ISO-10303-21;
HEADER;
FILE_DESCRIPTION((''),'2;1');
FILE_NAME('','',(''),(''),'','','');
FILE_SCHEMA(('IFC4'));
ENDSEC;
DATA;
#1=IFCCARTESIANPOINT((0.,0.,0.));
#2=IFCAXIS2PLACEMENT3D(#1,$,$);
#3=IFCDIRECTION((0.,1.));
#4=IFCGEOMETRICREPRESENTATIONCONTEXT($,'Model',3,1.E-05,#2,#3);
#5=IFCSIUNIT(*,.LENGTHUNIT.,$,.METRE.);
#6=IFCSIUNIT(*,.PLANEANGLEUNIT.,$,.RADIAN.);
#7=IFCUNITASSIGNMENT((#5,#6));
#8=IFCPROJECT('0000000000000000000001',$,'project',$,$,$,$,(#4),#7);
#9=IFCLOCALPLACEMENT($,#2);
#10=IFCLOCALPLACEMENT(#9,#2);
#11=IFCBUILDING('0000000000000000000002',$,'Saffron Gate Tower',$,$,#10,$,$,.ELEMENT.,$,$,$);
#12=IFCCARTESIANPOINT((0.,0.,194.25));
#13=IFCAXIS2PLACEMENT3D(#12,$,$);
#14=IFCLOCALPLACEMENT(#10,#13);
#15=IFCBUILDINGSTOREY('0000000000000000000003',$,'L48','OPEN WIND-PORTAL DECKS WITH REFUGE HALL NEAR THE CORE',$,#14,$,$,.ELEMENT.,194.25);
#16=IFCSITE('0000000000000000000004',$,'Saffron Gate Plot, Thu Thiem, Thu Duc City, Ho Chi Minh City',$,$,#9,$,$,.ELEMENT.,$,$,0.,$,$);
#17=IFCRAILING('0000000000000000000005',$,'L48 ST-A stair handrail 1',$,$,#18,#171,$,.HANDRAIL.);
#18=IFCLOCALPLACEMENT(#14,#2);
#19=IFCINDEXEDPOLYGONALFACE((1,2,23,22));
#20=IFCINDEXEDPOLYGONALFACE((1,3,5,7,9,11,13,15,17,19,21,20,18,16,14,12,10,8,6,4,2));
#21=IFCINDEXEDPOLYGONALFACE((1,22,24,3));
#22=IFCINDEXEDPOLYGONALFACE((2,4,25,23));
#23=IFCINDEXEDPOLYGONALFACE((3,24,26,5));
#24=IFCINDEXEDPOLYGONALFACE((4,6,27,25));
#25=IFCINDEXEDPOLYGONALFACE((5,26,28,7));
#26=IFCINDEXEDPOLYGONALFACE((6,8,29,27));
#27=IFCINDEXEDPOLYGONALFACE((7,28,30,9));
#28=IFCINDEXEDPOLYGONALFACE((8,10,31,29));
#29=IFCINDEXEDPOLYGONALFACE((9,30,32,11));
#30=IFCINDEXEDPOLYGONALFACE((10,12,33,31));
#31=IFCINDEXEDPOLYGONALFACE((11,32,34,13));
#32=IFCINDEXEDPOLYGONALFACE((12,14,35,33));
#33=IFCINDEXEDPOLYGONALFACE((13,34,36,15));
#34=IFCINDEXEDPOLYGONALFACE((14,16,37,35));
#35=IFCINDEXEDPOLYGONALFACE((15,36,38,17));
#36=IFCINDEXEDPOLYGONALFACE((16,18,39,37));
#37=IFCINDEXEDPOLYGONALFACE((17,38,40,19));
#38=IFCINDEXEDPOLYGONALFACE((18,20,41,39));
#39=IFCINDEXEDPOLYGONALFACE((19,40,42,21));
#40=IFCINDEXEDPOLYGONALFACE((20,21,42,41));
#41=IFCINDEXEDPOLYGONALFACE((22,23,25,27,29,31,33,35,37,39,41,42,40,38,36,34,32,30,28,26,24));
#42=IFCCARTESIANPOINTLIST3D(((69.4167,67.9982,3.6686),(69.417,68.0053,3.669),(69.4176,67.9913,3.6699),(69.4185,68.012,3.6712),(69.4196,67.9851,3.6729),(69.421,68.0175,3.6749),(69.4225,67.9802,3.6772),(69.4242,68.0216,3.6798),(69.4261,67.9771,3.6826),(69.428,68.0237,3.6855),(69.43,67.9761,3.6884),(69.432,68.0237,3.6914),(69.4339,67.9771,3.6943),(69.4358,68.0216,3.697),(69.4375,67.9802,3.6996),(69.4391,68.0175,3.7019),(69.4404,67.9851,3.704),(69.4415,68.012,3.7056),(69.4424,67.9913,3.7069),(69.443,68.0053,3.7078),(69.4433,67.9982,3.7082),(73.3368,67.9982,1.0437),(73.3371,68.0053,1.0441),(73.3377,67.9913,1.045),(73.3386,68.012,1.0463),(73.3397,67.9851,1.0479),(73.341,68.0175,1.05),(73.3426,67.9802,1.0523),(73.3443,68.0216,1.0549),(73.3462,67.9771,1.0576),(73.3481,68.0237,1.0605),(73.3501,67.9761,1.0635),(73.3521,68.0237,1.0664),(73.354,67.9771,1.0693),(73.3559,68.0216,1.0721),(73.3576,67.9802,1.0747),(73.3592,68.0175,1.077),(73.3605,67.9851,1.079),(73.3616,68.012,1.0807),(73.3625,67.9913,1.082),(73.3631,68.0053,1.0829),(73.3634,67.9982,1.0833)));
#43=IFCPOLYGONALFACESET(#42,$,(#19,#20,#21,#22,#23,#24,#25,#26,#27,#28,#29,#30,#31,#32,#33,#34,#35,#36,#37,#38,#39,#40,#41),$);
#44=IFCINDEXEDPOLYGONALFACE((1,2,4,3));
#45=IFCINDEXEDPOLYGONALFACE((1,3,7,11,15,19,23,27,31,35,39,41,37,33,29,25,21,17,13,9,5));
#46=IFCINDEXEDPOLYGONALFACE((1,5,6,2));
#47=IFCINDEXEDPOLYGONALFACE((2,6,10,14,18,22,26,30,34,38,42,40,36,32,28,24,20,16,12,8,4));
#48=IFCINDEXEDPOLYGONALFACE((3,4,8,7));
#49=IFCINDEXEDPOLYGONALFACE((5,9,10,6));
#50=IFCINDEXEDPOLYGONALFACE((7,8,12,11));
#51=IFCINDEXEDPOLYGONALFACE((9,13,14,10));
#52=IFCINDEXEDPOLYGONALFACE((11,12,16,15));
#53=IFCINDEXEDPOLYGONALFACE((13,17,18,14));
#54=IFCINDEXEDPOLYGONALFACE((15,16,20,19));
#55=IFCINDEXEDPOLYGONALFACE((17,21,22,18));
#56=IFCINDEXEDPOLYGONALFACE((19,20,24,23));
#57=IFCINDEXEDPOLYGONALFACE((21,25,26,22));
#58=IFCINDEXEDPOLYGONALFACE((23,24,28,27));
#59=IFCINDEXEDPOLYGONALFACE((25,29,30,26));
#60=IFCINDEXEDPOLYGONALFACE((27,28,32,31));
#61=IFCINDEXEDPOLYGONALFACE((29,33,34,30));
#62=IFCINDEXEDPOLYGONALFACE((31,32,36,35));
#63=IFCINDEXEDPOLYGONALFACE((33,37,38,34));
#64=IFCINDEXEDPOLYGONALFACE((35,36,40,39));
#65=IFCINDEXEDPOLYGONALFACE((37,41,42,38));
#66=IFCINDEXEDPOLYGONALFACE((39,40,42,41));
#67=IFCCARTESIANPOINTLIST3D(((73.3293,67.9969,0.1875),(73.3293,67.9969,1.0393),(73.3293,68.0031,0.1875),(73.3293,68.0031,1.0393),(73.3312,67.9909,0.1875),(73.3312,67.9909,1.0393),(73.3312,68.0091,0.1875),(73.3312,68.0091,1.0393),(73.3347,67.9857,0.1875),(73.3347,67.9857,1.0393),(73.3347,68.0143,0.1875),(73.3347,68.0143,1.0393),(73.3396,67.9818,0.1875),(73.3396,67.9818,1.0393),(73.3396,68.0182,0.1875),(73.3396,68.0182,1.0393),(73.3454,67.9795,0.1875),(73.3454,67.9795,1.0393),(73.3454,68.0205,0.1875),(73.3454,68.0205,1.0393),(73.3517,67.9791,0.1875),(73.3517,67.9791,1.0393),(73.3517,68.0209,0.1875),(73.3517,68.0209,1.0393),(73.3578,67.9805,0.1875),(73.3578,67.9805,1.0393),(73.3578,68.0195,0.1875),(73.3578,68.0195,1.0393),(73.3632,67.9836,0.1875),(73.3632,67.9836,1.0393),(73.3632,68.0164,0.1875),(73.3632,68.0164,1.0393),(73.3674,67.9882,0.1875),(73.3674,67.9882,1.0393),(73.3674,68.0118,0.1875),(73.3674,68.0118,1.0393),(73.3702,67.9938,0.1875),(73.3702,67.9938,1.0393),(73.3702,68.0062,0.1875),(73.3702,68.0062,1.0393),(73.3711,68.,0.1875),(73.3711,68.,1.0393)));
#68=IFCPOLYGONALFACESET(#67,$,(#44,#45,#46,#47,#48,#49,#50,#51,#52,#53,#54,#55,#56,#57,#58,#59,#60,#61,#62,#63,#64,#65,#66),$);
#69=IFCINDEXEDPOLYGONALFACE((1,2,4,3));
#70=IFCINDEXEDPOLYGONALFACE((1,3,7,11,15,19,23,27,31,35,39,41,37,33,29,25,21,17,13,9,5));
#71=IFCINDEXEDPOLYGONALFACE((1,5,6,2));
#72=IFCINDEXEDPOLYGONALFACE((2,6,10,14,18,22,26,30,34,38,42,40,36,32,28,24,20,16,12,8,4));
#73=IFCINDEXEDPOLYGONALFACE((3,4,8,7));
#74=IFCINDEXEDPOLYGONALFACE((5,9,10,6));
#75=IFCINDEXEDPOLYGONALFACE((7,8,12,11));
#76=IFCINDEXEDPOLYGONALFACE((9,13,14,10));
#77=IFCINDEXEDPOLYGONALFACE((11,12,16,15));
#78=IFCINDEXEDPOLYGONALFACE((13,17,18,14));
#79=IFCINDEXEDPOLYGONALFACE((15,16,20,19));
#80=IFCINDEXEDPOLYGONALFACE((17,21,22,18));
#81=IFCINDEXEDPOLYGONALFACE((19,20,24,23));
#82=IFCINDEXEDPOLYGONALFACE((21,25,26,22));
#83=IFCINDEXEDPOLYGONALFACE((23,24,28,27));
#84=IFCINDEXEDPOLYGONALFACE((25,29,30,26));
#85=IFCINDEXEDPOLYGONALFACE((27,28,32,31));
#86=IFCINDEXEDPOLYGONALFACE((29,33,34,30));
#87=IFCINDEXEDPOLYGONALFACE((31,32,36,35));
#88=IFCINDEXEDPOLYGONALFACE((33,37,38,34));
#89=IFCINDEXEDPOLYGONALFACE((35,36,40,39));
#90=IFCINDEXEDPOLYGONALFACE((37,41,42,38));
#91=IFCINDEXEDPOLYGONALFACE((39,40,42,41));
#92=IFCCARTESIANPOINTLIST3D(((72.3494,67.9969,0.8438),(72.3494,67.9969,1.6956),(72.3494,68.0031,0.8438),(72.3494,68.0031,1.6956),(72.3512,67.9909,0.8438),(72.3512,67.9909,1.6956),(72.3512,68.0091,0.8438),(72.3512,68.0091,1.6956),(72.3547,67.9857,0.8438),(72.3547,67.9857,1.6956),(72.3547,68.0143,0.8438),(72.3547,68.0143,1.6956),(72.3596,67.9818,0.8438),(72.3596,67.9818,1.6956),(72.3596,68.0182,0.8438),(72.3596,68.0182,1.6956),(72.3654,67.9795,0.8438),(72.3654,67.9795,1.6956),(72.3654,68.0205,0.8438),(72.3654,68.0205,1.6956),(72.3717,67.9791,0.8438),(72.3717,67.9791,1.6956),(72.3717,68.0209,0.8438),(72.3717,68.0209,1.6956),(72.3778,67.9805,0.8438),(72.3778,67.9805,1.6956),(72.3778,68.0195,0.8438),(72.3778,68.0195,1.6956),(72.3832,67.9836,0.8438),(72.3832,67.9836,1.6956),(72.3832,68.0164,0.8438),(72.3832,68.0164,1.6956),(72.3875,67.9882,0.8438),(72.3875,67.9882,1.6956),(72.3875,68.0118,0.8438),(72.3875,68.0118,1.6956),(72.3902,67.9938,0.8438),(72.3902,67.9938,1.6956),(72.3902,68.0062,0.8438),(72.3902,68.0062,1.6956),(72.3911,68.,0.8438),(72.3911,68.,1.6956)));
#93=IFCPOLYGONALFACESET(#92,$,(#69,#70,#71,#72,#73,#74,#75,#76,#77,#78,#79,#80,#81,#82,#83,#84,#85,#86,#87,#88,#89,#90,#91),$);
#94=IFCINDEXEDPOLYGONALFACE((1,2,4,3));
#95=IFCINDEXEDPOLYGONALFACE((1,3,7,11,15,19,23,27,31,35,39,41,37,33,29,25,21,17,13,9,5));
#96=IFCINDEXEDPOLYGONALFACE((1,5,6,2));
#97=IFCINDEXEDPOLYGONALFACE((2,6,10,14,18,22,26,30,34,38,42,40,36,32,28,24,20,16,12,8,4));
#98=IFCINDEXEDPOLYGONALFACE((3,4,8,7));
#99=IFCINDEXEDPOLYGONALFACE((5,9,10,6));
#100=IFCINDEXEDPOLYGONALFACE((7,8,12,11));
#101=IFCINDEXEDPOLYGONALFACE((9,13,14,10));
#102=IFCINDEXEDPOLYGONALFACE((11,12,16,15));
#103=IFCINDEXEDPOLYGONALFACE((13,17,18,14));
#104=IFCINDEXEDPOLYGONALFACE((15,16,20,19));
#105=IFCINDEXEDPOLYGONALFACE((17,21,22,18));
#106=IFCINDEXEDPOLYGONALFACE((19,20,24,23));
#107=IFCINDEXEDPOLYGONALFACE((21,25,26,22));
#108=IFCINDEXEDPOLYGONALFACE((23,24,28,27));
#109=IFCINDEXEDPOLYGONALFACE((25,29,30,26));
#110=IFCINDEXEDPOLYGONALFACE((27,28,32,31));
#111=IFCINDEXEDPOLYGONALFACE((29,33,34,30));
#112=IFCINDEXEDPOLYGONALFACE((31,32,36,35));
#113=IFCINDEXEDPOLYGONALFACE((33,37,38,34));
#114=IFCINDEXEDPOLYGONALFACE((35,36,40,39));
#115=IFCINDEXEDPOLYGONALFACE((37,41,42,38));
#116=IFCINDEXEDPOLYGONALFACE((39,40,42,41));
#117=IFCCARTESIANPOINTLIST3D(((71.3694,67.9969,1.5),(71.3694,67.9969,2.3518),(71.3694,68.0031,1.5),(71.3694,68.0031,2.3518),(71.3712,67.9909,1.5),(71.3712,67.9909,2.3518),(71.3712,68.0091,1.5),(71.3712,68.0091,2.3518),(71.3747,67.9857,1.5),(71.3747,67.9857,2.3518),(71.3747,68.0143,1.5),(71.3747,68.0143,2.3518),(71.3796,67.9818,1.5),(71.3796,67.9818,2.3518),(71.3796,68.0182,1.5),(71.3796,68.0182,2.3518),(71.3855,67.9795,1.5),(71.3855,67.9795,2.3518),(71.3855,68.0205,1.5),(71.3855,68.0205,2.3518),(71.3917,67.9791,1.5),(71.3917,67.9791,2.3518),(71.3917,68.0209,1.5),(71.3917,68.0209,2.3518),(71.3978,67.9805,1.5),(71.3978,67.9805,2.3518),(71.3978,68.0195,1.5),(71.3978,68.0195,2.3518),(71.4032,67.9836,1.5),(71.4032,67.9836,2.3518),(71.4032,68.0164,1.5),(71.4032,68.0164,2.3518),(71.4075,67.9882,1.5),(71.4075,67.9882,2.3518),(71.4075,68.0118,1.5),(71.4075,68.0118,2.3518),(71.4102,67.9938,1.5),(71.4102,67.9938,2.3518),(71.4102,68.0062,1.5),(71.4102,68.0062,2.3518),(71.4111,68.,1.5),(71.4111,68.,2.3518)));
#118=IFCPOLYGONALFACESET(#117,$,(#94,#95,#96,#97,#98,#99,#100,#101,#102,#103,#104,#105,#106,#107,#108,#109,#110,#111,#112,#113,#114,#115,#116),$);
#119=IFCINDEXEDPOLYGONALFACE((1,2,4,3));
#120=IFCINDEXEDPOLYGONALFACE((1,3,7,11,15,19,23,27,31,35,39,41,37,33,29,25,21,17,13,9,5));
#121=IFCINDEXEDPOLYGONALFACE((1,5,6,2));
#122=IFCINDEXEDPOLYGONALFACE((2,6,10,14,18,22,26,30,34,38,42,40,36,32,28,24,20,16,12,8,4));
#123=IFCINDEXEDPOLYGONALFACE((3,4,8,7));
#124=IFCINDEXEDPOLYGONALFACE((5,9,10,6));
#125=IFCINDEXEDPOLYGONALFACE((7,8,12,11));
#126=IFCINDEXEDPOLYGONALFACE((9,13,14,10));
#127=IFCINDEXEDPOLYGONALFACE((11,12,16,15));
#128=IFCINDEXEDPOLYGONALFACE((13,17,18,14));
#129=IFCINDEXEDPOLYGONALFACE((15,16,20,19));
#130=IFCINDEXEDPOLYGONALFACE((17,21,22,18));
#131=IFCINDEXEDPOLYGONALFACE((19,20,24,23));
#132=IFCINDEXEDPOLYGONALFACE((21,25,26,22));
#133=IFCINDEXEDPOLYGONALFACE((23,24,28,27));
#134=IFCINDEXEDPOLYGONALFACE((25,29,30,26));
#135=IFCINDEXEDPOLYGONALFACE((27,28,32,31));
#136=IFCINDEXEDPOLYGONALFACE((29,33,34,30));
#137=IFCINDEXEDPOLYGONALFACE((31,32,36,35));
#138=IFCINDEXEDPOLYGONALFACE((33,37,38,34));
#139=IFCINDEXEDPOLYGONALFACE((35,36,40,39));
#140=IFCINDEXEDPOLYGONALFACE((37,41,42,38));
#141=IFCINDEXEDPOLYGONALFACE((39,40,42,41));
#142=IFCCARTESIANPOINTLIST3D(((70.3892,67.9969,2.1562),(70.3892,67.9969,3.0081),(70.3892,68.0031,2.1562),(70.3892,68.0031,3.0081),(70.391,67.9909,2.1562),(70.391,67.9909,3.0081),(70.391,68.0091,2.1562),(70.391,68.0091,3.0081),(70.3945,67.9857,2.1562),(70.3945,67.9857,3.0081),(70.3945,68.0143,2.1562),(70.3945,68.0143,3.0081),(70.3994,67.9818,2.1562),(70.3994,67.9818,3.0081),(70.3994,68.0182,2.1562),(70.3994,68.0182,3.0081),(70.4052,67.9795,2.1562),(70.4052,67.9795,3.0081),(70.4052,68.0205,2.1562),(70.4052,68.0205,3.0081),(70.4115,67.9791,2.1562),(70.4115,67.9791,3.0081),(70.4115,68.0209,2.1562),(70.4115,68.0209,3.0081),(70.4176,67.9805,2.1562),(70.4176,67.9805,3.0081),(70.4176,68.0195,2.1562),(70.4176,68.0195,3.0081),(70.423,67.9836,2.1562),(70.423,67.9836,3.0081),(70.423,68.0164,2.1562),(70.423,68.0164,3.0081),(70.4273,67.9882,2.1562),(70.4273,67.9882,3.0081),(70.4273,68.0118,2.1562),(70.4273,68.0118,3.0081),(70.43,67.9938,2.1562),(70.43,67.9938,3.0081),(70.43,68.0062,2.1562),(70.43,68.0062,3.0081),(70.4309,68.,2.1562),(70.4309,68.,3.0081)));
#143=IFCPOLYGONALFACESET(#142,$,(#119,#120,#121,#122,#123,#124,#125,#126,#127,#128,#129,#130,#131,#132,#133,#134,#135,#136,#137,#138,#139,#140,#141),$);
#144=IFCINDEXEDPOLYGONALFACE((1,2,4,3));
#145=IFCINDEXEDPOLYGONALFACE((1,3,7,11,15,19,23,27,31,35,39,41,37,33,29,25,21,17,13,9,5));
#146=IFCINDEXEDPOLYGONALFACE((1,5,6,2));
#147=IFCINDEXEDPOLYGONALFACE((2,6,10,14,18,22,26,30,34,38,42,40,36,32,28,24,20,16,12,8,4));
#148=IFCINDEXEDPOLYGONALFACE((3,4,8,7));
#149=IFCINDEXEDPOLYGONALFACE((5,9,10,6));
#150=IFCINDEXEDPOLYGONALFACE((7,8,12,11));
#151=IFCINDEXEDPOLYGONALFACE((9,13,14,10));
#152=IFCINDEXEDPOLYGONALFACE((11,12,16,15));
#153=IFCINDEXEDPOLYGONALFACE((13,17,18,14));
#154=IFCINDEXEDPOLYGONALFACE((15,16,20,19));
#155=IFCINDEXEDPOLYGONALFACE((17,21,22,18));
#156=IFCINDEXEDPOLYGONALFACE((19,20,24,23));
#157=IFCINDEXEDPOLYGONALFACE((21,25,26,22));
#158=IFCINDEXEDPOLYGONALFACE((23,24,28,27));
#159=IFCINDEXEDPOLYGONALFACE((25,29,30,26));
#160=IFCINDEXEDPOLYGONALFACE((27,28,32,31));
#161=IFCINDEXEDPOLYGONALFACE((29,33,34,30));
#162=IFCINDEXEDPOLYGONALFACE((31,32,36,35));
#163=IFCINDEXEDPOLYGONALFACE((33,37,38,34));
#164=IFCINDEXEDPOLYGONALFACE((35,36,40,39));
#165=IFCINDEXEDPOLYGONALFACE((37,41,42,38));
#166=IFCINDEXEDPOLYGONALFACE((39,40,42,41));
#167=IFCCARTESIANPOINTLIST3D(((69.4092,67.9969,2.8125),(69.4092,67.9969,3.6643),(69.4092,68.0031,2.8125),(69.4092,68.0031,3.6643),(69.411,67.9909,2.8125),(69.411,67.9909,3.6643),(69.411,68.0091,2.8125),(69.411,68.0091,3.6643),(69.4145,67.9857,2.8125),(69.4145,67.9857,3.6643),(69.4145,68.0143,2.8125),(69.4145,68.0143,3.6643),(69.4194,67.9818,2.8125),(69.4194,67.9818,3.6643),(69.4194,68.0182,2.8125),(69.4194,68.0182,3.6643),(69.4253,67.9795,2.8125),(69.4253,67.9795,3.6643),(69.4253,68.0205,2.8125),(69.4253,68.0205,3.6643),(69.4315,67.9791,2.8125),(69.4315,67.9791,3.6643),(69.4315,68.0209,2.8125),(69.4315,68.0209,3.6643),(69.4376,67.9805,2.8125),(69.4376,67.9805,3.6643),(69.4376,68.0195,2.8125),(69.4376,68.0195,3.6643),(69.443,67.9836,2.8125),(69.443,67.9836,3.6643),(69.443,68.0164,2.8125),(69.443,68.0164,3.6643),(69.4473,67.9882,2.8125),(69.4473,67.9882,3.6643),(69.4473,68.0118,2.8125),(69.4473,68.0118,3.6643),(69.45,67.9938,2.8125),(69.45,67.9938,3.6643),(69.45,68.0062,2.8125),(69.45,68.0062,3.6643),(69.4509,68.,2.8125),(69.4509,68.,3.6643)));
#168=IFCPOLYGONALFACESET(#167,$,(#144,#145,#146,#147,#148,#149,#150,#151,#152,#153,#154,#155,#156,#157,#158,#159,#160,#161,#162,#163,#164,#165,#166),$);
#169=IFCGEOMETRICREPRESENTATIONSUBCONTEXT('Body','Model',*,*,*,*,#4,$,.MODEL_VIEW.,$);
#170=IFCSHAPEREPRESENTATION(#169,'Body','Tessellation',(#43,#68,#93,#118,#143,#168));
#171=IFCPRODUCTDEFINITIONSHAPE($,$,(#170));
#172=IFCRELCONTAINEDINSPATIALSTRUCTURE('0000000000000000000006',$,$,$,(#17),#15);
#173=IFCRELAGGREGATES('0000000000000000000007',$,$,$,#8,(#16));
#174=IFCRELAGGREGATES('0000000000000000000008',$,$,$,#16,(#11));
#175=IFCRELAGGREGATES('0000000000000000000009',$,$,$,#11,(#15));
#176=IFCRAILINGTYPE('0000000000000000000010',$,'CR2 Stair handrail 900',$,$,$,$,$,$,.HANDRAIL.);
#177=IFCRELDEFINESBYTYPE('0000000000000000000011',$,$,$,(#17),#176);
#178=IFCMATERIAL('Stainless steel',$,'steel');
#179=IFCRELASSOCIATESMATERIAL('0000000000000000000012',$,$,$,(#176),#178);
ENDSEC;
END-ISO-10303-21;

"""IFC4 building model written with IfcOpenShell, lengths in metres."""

from ifc_helpers import new_model, si_unit, direction, frame, origin, origin_2d, place, context, subcontext, project, spatial, circle, extrude, material, type_object, element, save


model = new_model("IFC4")

# Units and contexts
model_context = context("Model", 3, precision=1e-05, world=origin(), true_north=direction((0.0, 1.0)))
body_context = subcontext(model_context, "Body", "Model", "MODEL_VIEW")
ifc_project = project(units=[si_unit("LENGTHUNIT", "METRE"), si_unit("PLANEANGLEUNIT", "RADIAN")], contexts=[model_context])

# Site, building, storey
site_placement = place(None, origin())
site = spatial("IfcSite", under=ifc_project, at=site_placement, Name="Saffron Gate Plot, Thu Thiem, Thu Duc City, Ho Chi Minh City", CompositionType="ELEMENT", RefElevation=0.0)
building_placement = place(site_placement, origin())
building = spatial("IfcBuilding", under=site, at=building_placement, Name="Saffron Gate Tower", CompositionType="ELEMENT")
storey_placement = place(building_placement, frame((0.0, 0.0, 194.25)))
storey = spatial("IfcBuildingStorey", under=building, at=storey_placement, Name="L48", Description="OPEN WIND-PORTAL DECKS WITH REFUGE HALL NEAR THE CORE", CompositionType="ELEMENT", Elevation=194.25)

# Railing
ifc_material_1 = material(Name="Stainless steel", Category="steel")
railing_type = type_object("IfcRailingType", Name="CR2 Stair handrail 900", PredefinedType="HANDRAIL", material=ifc_material_1)
for number, where, name in (
    (1, (73.3501, 68.0, 0.1875), "L48 ST-A stair handrail 1"),
):
    element("IfcRailing", number, at=place(storey_placement, frame(where)), inside=storey, type_object=railing_type, Name=name, PredefinedType="HANDRAIL", context=body_context, shape_type="SweptSolid", body=[
        extrude(circle(Radius=0.0239, at=origin_2d()), frame((0.0, 0.0, 0.876), z_axis=(-0.830918, 0.0, 0.556395), x_axis=(0.0, -1.0, 0.0)), (0.0, 0.0, 1.0), 4.7178),
        extrude(circle(Radius=0.021, at=origin_2d()), origin(), (0.0, 0.0, 1.0), 0.8518),
        extrude(circle(Radius=0.021, at=origin_2d()), frame((-0.98, 0.0, 0.6562)), (0.0, 0.0, 1.0), 0.8518),
        extrude(circle(Radius=0.021, at=origin_2d()), frame((-1.96, 0.0, 1.3125)), (0.0, 0.0, 1.0), 0.8518),
        extrude(circle(Radius=0.021, at=origin_2d()), frame((-2.9402, 0.0, 1.9688)), (0.0, 0.0, 1.0), 0.8518),
        extrude(circle(Radius=0.021, at=origin_2d()), frame((-3.9202, 0.0, 2.625)), (0.0, 0.0, 1.0), 0.8518),
    ])

save(model, "model.ifc")
